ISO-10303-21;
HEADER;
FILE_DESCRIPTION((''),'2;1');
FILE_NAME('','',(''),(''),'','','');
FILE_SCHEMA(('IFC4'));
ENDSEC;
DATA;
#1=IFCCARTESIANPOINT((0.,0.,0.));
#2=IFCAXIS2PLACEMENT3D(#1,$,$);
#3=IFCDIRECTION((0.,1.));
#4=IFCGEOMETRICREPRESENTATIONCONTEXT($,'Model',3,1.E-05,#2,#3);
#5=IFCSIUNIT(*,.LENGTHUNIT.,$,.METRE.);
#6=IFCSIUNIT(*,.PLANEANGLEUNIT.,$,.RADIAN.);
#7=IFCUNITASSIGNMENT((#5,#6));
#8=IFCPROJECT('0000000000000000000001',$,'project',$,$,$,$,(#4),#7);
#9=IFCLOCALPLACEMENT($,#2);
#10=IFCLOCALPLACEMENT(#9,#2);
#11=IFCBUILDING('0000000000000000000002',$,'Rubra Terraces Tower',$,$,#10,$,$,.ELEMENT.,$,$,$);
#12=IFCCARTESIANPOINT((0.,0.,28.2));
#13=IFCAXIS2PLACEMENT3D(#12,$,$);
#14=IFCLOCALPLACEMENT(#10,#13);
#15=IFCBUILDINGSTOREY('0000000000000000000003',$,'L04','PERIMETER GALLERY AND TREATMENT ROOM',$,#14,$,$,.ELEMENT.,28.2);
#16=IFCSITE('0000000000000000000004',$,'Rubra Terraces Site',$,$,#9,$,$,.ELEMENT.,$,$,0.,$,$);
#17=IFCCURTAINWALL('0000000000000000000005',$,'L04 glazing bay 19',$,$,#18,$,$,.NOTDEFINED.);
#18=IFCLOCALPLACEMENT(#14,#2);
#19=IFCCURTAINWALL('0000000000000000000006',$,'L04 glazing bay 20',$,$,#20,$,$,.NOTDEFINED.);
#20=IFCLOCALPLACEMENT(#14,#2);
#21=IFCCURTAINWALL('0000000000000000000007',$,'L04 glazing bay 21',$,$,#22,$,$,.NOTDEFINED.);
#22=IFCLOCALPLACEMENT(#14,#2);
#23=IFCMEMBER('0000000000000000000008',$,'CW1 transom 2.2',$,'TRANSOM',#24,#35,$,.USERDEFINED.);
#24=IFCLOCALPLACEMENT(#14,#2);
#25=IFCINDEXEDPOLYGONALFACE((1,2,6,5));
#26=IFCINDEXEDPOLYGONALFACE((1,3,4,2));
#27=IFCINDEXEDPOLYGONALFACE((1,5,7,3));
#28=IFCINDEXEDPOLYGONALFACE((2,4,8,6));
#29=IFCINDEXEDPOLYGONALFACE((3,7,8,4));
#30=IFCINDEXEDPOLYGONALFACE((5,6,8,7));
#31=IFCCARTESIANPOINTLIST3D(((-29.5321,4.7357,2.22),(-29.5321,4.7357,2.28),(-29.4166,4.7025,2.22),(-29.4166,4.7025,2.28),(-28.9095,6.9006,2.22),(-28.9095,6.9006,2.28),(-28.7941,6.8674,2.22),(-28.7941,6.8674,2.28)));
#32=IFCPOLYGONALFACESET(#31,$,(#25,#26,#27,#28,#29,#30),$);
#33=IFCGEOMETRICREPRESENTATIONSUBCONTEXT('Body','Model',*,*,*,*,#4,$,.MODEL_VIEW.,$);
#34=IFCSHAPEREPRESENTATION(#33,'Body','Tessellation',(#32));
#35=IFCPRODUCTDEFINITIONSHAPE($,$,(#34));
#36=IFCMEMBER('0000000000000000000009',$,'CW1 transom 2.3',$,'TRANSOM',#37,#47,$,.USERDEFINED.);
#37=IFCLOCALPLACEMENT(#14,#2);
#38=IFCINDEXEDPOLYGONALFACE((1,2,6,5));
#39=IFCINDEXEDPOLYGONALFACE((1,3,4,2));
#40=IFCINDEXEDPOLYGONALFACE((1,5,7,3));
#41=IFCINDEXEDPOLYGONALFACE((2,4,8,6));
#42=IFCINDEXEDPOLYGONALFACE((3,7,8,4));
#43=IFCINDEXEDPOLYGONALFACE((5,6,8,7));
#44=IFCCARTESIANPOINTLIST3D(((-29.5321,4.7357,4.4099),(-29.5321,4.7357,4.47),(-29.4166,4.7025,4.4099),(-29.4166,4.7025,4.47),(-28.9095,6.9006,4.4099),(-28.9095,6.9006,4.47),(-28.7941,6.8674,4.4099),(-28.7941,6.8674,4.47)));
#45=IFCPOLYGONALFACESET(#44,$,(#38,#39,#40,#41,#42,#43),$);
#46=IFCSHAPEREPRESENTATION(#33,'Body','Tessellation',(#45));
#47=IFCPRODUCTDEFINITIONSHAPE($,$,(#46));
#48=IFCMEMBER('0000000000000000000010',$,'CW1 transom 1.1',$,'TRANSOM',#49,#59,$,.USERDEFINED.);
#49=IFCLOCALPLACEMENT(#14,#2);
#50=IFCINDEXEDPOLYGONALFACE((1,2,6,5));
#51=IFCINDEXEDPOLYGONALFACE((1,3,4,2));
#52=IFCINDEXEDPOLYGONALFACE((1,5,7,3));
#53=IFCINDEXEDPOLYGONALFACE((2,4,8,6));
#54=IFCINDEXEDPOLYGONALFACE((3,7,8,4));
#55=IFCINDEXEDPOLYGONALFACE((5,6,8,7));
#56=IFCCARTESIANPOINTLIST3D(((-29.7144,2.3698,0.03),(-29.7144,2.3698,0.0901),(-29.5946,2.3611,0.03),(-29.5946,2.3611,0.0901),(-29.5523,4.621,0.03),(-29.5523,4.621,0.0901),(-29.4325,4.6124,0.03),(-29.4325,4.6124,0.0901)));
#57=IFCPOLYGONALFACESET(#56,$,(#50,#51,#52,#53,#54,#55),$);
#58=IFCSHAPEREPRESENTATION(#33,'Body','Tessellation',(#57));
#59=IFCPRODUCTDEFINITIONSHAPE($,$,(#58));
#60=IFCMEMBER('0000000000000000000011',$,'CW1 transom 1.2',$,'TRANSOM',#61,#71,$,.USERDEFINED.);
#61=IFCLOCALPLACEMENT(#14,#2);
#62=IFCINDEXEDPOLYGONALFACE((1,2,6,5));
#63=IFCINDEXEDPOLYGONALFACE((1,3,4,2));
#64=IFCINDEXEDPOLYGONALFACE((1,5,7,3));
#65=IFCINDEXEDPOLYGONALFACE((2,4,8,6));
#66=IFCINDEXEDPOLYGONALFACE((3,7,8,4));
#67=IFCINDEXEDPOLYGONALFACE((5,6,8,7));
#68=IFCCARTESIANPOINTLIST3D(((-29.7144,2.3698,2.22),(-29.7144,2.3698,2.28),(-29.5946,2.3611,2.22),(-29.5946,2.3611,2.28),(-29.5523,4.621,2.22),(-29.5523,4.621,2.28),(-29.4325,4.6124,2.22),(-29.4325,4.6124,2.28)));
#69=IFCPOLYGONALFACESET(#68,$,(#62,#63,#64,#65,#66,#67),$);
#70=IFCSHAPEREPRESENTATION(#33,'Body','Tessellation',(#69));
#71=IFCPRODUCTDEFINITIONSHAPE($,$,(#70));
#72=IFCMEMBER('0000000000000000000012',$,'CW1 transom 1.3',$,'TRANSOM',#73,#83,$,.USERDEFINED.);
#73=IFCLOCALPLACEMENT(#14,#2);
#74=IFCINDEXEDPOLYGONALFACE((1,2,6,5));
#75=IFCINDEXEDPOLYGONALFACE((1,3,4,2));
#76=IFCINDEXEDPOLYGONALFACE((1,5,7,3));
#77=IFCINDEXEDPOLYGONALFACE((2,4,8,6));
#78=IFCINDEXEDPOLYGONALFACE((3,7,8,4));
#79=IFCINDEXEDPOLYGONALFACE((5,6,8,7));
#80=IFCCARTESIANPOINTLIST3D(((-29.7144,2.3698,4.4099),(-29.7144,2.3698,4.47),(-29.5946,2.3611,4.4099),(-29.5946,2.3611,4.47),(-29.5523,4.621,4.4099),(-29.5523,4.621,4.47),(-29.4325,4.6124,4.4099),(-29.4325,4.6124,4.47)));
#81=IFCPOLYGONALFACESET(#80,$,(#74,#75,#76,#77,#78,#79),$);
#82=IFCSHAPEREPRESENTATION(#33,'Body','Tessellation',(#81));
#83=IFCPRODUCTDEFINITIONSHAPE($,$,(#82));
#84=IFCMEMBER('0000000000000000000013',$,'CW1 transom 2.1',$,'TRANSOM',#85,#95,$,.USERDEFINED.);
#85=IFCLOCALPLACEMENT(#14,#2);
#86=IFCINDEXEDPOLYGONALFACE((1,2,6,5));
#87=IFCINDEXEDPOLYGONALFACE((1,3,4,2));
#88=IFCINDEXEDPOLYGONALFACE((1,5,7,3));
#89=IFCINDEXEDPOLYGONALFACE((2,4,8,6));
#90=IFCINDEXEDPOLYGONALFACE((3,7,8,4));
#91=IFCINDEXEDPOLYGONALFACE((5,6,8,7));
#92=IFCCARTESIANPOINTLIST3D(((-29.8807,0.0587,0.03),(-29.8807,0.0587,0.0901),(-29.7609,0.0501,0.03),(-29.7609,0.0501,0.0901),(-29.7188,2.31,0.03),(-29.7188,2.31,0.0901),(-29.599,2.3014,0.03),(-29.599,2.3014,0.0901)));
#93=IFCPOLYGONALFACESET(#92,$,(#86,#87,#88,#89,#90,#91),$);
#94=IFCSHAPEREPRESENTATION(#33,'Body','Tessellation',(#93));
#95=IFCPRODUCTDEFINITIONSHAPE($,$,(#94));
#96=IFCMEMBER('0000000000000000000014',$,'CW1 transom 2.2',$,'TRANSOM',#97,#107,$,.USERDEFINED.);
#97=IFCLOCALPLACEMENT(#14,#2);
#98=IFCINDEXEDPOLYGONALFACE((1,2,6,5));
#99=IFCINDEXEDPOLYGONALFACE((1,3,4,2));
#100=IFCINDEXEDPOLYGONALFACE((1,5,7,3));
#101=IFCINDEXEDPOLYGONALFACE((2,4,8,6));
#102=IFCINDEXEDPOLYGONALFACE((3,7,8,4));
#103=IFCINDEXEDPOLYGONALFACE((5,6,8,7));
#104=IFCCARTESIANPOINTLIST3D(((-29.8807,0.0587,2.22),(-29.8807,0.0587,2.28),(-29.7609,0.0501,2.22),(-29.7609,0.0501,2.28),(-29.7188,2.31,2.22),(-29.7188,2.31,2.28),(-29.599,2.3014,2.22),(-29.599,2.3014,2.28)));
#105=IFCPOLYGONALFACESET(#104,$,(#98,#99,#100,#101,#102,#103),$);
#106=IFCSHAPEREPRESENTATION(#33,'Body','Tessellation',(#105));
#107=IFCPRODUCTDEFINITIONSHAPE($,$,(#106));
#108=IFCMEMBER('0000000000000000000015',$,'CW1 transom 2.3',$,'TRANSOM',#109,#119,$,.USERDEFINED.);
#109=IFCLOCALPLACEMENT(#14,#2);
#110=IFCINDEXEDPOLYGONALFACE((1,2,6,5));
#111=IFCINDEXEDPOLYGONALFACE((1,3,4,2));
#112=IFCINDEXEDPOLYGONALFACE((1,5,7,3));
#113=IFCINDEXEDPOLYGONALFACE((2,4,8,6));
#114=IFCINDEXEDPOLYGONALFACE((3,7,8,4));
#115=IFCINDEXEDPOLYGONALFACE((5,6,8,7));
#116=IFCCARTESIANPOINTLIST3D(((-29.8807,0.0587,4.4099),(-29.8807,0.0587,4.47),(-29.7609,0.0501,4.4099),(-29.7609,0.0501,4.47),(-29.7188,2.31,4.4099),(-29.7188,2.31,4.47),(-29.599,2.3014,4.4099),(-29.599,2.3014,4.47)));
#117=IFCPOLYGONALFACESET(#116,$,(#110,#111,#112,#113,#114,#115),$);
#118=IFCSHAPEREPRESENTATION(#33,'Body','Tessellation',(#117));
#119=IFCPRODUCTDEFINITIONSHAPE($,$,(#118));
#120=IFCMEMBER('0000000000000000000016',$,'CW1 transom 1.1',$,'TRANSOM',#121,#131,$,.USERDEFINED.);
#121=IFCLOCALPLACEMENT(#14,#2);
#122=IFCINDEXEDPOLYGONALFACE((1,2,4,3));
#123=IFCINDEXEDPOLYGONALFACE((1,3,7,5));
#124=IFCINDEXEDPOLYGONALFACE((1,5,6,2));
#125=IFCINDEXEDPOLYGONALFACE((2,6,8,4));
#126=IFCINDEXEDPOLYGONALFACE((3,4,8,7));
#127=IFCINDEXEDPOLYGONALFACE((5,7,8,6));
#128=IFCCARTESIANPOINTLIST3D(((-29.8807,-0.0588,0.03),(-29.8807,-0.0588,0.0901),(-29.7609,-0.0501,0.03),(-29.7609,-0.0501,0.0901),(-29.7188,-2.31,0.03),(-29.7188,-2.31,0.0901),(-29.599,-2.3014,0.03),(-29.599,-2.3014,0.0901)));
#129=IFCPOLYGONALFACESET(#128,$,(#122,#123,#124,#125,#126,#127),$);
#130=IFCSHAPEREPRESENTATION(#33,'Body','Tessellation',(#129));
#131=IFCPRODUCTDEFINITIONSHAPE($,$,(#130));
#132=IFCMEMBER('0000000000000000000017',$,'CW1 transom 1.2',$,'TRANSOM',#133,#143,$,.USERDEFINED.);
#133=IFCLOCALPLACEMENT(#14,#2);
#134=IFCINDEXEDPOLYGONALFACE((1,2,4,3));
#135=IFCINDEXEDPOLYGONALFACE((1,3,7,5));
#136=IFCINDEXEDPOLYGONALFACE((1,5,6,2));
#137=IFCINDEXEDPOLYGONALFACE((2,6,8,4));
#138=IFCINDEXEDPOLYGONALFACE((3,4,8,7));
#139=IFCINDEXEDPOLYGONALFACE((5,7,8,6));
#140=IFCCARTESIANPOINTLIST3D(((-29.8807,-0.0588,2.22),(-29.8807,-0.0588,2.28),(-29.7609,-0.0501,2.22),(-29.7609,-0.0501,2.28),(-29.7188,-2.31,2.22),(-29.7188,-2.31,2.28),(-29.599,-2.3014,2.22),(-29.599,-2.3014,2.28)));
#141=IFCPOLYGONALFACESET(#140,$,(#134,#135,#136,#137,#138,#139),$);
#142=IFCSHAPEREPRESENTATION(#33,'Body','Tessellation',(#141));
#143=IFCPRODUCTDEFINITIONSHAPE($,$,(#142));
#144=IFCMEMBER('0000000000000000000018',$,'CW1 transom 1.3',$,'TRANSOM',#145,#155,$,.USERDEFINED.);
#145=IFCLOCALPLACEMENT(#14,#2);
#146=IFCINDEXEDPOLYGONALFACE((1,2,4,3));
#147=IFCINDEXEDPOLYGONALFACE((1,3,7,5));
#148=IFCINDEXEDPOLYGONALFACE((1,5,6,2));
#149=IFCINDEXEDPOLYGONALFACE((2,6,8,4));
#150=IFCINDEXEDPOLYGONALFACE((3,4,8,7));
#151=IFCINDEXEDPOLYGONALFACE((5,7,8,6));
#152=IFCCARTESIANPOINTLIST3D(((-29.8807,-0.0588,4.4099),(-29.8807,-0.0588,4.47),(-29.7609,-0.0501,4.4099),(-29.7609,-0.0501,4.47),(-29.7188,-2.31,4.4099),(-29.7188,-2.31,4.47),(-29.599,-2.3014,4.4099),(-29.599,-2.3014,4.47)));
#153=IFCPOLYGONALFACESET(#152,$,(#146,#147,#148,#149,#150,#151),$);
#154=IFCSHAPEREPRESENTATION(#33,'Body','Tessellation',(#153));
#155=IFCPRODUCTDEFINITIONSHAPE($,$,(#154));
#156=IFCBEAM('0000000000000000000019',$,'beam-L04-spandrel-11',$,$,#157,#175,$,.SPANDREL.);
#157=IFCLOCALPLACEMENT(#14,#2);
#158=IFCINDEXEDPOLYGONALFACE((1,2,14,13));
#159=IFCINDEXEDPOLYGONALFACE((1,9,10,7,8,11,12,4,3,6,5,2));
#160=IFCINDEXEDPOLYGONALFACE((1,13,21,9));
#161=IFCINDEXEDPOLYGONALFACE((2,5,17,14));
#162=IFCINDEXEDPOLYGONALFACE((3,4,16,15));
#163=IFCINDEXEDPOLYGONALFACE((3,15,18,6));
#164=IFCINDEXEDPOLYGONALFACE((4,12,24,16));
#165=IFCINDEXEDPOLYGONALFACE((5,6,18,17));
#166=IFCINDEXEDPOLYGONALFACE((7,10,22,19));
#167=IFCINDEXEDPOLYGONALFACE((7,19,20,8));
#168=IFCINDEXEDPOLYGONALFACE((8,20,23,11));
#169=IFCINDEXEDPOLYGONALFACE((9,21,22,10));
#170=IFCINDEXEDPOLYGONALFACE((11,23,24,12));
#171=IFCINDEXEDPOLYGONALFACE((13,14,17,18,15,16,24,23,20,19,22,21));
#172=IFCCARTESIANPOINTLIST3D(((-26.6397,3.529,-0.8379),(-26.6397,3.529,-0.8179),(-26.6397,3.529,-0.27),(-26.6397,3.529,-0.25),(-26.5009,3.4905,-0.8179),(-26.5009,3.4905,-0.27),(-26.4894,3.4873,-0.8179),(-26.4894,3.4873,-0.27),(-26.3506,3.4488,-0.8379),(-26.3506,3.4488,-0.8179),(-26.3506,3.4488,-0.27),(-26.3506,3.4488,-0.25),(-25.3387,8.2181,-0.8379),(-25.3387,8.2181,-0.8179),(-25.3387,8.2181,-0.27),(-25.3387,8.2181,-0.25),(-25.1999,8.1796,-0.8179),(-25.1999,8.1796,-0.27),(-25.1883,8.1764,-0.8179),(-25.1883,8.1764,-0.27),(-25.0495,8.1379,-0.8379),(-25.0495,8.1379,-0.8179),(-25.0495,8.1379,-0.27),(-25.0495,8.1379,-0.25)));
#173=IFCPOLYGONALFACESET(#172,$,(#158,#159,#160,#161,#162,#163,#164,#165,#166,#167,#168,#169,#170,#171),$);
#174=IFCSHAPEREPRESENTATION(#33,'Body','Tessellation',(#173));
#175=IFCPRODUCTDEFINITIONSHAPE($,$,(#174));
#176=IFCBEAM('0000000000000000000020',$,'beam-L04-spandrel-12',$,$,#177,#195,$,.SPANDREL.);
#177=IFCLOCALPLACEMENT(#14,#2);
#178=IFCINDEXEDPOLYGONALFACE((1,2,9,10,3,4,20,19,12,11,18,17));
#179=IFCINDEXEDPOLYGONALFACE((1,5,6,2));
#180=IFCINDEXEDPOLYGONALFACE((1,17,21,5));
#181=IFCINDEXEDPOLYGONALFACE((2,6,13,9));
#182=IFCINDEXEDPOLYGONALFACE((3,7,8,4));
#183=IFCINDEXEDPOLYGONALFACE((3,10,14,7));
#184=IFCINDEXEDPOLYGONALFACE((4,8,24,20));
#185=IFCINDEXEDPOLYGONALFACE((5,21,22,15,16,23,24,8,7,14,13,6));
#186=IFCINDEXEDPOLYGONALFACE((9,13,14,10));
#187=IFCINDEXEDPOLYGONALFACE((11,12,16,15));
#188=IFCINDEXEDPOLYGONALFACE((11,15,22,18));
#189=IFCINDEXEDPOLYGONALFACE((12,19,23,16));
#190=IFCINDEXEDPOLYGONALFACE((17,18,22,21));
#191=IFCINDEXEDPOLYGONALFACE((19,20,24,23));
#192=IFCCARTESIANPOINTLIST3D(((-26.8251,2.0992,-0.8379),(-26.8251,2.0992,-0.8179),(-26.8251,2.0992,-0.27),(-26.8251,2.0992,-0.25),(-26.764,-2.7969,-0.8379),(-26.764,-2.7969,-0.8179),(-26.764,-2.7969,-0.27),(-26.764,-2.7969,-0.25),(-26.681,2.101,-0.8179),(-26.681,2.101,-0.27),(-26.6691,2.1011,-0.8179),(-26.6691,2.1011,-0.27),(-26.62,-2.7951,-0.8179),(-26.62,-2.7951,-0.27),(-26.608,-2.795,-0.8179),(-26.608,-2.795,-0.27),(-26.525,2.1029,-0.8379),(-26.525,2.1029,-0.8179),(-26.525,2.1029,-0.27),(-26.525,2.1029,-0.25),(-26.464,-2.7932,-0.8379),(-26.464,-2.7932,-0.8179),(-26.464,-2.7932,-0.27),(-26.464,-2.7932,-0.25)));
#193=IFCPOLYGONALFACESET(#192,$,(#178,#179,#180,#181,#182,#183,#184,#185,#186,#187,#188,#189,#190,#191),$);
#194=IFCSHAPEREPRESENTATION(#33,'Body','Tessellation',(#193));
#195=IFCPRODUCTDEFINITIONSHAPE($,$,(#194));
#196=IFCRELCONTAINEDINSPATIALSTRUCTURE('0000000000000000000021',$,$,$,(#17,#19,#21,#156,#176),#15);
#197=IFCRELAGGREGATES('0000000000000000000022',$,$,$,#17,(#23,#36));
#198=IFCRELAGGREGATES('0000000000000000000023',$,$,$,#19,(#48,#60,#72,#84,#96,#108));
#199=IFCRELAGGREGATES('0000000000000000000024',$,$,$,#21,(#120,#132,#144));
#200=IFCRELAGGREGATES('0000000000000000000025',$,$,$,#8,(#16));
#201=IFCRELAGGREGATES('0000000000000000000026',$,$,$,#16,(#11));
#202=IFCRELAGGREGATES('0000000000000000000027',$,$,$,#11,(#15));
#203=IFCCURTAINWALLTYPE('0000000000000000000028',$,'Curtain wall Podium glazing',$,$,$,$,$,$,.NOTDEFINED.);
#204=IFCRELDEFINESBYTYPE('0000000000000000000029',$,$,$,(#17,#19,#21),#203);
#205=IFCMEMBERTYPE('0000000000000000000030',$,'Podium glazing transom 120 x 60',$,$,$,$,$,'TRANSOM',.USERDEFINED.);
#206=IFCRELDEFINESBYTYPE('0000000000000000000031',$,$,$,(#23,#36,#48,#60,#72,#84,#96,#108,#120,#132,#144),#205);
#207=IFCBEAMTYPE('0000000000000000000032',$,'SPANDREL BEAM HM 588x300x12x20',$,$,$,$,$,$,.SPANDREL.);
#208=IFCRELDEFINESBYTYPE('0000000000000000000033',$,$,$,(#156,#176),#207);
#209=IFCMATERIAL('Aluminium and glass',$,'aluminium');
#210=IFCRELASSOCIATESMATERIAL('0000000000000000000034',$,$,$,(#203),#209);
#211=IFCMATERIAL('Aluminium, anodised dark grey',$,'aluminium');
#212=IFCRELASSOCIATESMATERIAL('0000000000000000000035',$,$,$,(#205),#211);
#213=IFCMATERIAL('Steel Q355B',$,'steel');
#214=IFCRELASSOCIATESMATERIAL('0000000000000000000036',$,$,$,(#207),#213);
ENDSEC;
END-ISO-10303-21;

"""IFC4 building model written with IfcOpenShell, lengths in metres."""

from ifc_helpers import new_model, si_unit, direction, frame, origin, origin_2d, place, context, subcontext, project, spatial, rectangle, i_section, extrude, material, material_profile, profile_set, type_object, element, aggregate, save


model = new_model("IFC4")

# Units and contexts
model_context = context("Model", 3, precision=1e-05, world=origin(), true_north=direction((0.0, 1.0)))
body_context = subcontext(model_context, "Body", "Model", "MODEL_VIEW")
ifc_project = project(units=[si_unit("LENGTHUNIT", "METRE"), si_unit("PLANEANGLEUNIT", "RADIAN")], contexts=[model_context])

# Site, building, storey
site_placement = place(None, origin())
site = spatial("IfcSite", under=ifc_project, at=site_placement, Name="Rubra Terraces Site", CompositionType="ELEMENT", RefElevation=0.0)
building_placement = place(site_placement, origin())
building = spatial("IfcBuilding", under=site, at=building_placement, Name="Rubra Terraces Tower", CompositionType="ELEMENT")
storey_placement = place(building_placement, frame((0.0, 0.0, 28.2)))
storey = spatial("IfcBuildingStorey", under=building, at=storey_placement, Name="L04", Description="PERIMETER GALLERY AND TREATMENT ROOM", CompositionType="ELEMENT", Elevation=28.2)

# Shared definitions
ifc_material_1 = material(Name="Steel Q355B", Category="steel")

# Curtain wall
ifc_material_2 = material(Name="Aluminium and glass", Category="aluminium")
curtain_wall_type = type_object("IfcCurtainWallType", Name="Curtain wall Podium glazing", PredefinedType="NOTDEFINED", material=ifc_material_2)
curtain_wall_1_placement = place(storey_placement, origin())
curtain_wall_1 = element("IfcCurtainWall", 1, at=curtain_wall_1_placement, inside=storey, type_object=curtain_wall_type, Name="L04 glazing bay 19", PredefinedType="NOTDEFINED")
ifc_material_3 = material(Name="Aluminium, anodised dark grey", Category="aluminium")

# Curtain wall
curtain_wall_2_placement = place(storey_placement, origin())
curtain_wall_2 = element("IfcCurtainWall", 2, at=curtain_wall_2_placement, inside=storey, type_object=curtain_wall_type, Name="L04 glazing bay 20", PredefinedType="NOTDEFINED")

# Curtain wall
curtain_wall_3_placement = place(storey_placement, origin())
curtain_wall_3 = element("IfcCurtainWall", 3, at=curtain_wall_3_placement, inside=storey, type_object=curtain_wall_type, Name="L04 glazing bay 21", PredefinedType="NOTDEFINED")

# Members
ifc_material_profile_1 = material_profile(ifc_material_3, rectangle(XDim=0.1201, YDim=0.0601, at=origin_2d()), Name="AL 120x60")
ifc_profile_set_1 = profile_set([ifc_material_profile_1], Name="Aluminium, anodised dark grey")
member_type_1 = type_object("IfcMemberType", Name="Podium glazing transom 120 x 60", ElementType="TRANSOM", PredefinedType="USERDEFINED", material=ifc_profile_set_1)
member_1_placement = place(storey_placement, frame((-28.8518, 6.884, 2.25), z_axis=(-0.276352, -0.961056, 0.0), x_axis=(0.961056, -0.276352, 0.0)))
member_1 = element("IfcMember", 4, at=member_1_placement, type_object=member_type_1, Name="CW1 transom 2.2", ObjectType="TRANSOM", PredefinedType="USERDEFINED", context=body_context, shape_type="SweptSolid", body=[
    extrude(rectangle(XDim=0.1201, YDim=0.0601, at=origin_2d()), origin(), (0.0, 0.0, 1.0), 2.2527),
])
member_2_placement = place(storey_placement, frame((-28.8518, 6.884, 4.4399), z_axis=(-0.276352, -0.961056, 0.0), x_axis=(0.961056, -0.276352, 0.0)))
member_2 = element("IfcMember", 5, at=member_2_placement, type_object=member_type_1, Name="CW1 transom 2.3", ObjectType="TRANSOM", PredefinedType="USERDEFINED", context=body_context, shape_type="SweptSolid", body=[
    extrude(rectangle(XDim=0.1201, YDim=0.0601, at=origin_2d()), origin(), (0.0, 0.0, 1.0), 2.2527),
])
member_3_placement = place(storey_placement, frame((-29.4924, 4.6167, 0.0601), z_axis=(-0.071824, -0.997417, 0.0), x_axis=(0.997417, -0.071824, 0.0)))
member_3 = element("IfcMember", 6, at=member_3_placement, type_object=member_type_1, Name="CW1 transom 1.1", ObjectType="TRANSOM", PredefinedType="USERDEFINED", context=body_context, shape_type="SweptSolid", body=[
    extrude(rectangle(XDim=0.1201, YDim=0.0601, at=origin_2d()), origin(), (0.0, 0.0, 1.0), 2.2571),
])
member_4_placement = place(storey_placement, frame((-29.4924, 4.6167, 2.25), z_axis=(-0.071824, -0.997417, 0.0), x_axis=(0.997417, -0.071824, 0.0)))
member_4 = element("IfcMember", 7, at=member_4_placement, type_object=member_type_1, Name="CW1 transom 1.2", ObjectType="TRANSOM", PredefinedType="USERDEFINED", context=body_context, shape_type="SweptSolid", body=[
    extrude(rectangle(XDim=0.1201, YDim=0.0601, at=origin_2d()), origin(), (0.0, 0.0, 1.0), 2.2571),
])
member_5_placement = place(storey_placement, frame((-29.4924, 4.6167, 4.4399), z_axis=(-0.071824, -0.997417, 0.0), x_axis=(0.997417, -0.071824, 0.0)))
member_5 = element("IfcMember", 8, at=member_5_placement, type_object=member_type_1, Name="CW1 transom 1.3", ObjectType="TRANSOM", PredefinedType="USERDEFINED", context=body_context, shape_type="SweptSolid", body=[
    extrude(rectangle(XDim=0.1201, YDim=0.0601, at=origin_2d()), origin(), (0.0, 0.0, 1.0), 2.2571),
])
member_6_placement = place(storey_placement, frame((-29.6589, 2.3057, 0.0601), z_axis=(-0.071716, -0.997425, 0.0), x_axis=(0.997425, -0.071716, 0.0)))
member_6 = element("IfcMember", 9, at=member_6_placement, type_object=member_type_1, Name="CW1 transom 2.1", ObjectType="TRANSOM", PredefinedType="USERDEFINED", context=body_context, shape_type="SweptSolid", body=[
    extrude(rectangle(XDim=0.1201, YDim=0.0601, at=origin_2d()), origin(), (0.0, 0.0, 1.0), 2.2571),
])
member_7_placement = place(storey_placement, frame((-29.6589, 2.3057, 2.25), z_axis=(-0.071716, -0.997425, 0.0), x_axis=(0.997425, -0.071716, 0.0)))
member_7 = element("IfcMember", 10, at=member_7_placement, type_object=member_type_1, Name="CW1 transom 2.2", ObjectType="TRANSOM", PredefinedType="USERDEFINED", context=body_context, shape_type="SweptSolid", body=[
    extrude(rectangle(XDim=0.1201, YDim=0.0601, at=origin_2d()), origin(), (0.0, 0.0, 1.0), 2.2571),
])
member_8_placement = place(storey_placement, frame((-29.6589, 2.3057, 4.4399), z_axis=(-0.071716, -0.997425, 0.0), x_axis=(0.997425, -0.071716, 0.0)))
member_8 = element("IfcMember", 11, at=member_8_placement, type_object=member_type_1, Name="CW1 transom 2.3", ObjectType="TRANSOM", PredefinedType="USERDEFINED", context=body_context, shape_type="SweptSolid", body=[
    extrude(rectangle(XDim=0.1201, YDim=0.0601, at=origin_2d()), origin(), (0.0, 0.0, 1.0), 2.2571),
])
member_9_placement = place(storey_placement, frame((-29.8208, -0.0544, 0.0601), z_axis=(0.071716, -0.997425, 0.0), x_axis=(0.997425, 0.071716, 0.0)))
member_9 = element("IfcMember", 12, at=member_9_placement, type_object=member_type_1, Name="CW1 transom 1.1", ObjectType="TRANSOM", PredefinedType="USERDEFINED", context=body_context, shape_type="SweptSolid", body=[
    extrude(rectangle(XDim=0.1201, YDim=0.0601, at=origin_2d()), origin(), (0.0, 0.0, 1.0), 2.2571),
])
member_10_placement = place(storey_placement, frame((-29.8208, -0.0544, 2.25), z_axis=(0.071716, -0.997425, 0.0), x_axis=(0.997425, 0.071716, 0.0)))
member_10 = element("IfcMember", 13, at=member_10_placement, type_object=member_type_1, Name="CW1 transom 1.2", ObjectType="TRANSOM", PredefinedType="USERDEFINED", context=body_context, shape_type="SweptSolid", body=[
    extrude(rectangle(XDim=0.1201, YDim=0.0601, at=origin_2d()), origin(), (0.0, 0.0, 1.0), 2.2571),
])
member_11_placement = place(storey_placement, frame((-29.8208, -0.0544, 4.4399), z_axis=(0.071716, -0.997425, 0.0), x_axis=(0.997425, 0.071716, 0.0)))
member_11 = element("IfcMember", 14, at=member_11_placement, type_object=member_type_1, Name="CW1 transom 1.3", ObjectType="TRANSOM", PredefinedType="USERDEFINED", context=body_context, shape_type="SweptSolid", body=[
    extrude(rectangle(XDim=0.1201, YDim=0.0601, at=origin_2d()), origin(), (0.0, 0.0, 1.0), 2.2571),
])

# Beams
ifc_material_profile_2 = material_profile(ifc_material_1, i_section(OverallWidth=0.3, OverallDepth=0.5879, WebThickness=0.012, FlangeThickness=0.02, at=origin_2d()), Name="HM 588x300x12x20")
ifc_profile_set_2 = profile_set([ifc_material_profile_2], Name="Steel Q355B")
beam_type_1 = type_object("IfcBeamType", Name="SPANDREL BEAM HM 588x300x12x20", PredefinedType="SPANDREL", material=ifc_profile_set_2)
beam_1_placement = place(storey_placement, frame((-25.1941, 8.178, -0.5439), z_axis=(-0.267364, -0.963595, 0.0), x_axis=(0.963595, -0.267364, 0.0)))
element("IfcBeam", 15, at=beam_1_placement, inside=storey, type_object=beam_type_1, Name="beam-L04-spandrel-11", PredefinedType="SPANDREL", context=body_context, shape_type="SweptSolid", body=[
    extrude(i_section(OverallWidth=0.3, OverallDepth=0.5879, WebThickness=0.012, FlangeThickness=0.02, at=origin_2d()), origin(), (0.0, 0.0, 1.0), 4.8662),
])
beam_2_placement = place(storey_placement, frame((-26.675, 2.1011, -0.5439), z_axis=(0.012465, -0.999922, 0.0), x_axis=(0.999922, 0.012465, 0.0)))
element("IfcBeam", 16, at=beam_2_placement, inside=storey, type_object=beam_type_1, Name="beam-L04-spandrel-12", PredefinedType="SPANDREL", context=body_context, shape_type="SweptSolid", body=[
    extrude(i_section(OverallWidth=0.3, OverallDepth=0.5879, WebThickness=0.012, FlangeThickness=0.02, at=origin_2d()), origin(), (0.0, 0.0, 1.0), 4.8965),
])

aggregate(curtain_wall_1, [member_1, member_2])
aggregate(curtain_wall_2, [member_3, member_4, member_5, member_6, member_7, member_8])
aggregate(curtain_wall_3, [member_9, member_10, member_11])

save(model, "model.ifc")
